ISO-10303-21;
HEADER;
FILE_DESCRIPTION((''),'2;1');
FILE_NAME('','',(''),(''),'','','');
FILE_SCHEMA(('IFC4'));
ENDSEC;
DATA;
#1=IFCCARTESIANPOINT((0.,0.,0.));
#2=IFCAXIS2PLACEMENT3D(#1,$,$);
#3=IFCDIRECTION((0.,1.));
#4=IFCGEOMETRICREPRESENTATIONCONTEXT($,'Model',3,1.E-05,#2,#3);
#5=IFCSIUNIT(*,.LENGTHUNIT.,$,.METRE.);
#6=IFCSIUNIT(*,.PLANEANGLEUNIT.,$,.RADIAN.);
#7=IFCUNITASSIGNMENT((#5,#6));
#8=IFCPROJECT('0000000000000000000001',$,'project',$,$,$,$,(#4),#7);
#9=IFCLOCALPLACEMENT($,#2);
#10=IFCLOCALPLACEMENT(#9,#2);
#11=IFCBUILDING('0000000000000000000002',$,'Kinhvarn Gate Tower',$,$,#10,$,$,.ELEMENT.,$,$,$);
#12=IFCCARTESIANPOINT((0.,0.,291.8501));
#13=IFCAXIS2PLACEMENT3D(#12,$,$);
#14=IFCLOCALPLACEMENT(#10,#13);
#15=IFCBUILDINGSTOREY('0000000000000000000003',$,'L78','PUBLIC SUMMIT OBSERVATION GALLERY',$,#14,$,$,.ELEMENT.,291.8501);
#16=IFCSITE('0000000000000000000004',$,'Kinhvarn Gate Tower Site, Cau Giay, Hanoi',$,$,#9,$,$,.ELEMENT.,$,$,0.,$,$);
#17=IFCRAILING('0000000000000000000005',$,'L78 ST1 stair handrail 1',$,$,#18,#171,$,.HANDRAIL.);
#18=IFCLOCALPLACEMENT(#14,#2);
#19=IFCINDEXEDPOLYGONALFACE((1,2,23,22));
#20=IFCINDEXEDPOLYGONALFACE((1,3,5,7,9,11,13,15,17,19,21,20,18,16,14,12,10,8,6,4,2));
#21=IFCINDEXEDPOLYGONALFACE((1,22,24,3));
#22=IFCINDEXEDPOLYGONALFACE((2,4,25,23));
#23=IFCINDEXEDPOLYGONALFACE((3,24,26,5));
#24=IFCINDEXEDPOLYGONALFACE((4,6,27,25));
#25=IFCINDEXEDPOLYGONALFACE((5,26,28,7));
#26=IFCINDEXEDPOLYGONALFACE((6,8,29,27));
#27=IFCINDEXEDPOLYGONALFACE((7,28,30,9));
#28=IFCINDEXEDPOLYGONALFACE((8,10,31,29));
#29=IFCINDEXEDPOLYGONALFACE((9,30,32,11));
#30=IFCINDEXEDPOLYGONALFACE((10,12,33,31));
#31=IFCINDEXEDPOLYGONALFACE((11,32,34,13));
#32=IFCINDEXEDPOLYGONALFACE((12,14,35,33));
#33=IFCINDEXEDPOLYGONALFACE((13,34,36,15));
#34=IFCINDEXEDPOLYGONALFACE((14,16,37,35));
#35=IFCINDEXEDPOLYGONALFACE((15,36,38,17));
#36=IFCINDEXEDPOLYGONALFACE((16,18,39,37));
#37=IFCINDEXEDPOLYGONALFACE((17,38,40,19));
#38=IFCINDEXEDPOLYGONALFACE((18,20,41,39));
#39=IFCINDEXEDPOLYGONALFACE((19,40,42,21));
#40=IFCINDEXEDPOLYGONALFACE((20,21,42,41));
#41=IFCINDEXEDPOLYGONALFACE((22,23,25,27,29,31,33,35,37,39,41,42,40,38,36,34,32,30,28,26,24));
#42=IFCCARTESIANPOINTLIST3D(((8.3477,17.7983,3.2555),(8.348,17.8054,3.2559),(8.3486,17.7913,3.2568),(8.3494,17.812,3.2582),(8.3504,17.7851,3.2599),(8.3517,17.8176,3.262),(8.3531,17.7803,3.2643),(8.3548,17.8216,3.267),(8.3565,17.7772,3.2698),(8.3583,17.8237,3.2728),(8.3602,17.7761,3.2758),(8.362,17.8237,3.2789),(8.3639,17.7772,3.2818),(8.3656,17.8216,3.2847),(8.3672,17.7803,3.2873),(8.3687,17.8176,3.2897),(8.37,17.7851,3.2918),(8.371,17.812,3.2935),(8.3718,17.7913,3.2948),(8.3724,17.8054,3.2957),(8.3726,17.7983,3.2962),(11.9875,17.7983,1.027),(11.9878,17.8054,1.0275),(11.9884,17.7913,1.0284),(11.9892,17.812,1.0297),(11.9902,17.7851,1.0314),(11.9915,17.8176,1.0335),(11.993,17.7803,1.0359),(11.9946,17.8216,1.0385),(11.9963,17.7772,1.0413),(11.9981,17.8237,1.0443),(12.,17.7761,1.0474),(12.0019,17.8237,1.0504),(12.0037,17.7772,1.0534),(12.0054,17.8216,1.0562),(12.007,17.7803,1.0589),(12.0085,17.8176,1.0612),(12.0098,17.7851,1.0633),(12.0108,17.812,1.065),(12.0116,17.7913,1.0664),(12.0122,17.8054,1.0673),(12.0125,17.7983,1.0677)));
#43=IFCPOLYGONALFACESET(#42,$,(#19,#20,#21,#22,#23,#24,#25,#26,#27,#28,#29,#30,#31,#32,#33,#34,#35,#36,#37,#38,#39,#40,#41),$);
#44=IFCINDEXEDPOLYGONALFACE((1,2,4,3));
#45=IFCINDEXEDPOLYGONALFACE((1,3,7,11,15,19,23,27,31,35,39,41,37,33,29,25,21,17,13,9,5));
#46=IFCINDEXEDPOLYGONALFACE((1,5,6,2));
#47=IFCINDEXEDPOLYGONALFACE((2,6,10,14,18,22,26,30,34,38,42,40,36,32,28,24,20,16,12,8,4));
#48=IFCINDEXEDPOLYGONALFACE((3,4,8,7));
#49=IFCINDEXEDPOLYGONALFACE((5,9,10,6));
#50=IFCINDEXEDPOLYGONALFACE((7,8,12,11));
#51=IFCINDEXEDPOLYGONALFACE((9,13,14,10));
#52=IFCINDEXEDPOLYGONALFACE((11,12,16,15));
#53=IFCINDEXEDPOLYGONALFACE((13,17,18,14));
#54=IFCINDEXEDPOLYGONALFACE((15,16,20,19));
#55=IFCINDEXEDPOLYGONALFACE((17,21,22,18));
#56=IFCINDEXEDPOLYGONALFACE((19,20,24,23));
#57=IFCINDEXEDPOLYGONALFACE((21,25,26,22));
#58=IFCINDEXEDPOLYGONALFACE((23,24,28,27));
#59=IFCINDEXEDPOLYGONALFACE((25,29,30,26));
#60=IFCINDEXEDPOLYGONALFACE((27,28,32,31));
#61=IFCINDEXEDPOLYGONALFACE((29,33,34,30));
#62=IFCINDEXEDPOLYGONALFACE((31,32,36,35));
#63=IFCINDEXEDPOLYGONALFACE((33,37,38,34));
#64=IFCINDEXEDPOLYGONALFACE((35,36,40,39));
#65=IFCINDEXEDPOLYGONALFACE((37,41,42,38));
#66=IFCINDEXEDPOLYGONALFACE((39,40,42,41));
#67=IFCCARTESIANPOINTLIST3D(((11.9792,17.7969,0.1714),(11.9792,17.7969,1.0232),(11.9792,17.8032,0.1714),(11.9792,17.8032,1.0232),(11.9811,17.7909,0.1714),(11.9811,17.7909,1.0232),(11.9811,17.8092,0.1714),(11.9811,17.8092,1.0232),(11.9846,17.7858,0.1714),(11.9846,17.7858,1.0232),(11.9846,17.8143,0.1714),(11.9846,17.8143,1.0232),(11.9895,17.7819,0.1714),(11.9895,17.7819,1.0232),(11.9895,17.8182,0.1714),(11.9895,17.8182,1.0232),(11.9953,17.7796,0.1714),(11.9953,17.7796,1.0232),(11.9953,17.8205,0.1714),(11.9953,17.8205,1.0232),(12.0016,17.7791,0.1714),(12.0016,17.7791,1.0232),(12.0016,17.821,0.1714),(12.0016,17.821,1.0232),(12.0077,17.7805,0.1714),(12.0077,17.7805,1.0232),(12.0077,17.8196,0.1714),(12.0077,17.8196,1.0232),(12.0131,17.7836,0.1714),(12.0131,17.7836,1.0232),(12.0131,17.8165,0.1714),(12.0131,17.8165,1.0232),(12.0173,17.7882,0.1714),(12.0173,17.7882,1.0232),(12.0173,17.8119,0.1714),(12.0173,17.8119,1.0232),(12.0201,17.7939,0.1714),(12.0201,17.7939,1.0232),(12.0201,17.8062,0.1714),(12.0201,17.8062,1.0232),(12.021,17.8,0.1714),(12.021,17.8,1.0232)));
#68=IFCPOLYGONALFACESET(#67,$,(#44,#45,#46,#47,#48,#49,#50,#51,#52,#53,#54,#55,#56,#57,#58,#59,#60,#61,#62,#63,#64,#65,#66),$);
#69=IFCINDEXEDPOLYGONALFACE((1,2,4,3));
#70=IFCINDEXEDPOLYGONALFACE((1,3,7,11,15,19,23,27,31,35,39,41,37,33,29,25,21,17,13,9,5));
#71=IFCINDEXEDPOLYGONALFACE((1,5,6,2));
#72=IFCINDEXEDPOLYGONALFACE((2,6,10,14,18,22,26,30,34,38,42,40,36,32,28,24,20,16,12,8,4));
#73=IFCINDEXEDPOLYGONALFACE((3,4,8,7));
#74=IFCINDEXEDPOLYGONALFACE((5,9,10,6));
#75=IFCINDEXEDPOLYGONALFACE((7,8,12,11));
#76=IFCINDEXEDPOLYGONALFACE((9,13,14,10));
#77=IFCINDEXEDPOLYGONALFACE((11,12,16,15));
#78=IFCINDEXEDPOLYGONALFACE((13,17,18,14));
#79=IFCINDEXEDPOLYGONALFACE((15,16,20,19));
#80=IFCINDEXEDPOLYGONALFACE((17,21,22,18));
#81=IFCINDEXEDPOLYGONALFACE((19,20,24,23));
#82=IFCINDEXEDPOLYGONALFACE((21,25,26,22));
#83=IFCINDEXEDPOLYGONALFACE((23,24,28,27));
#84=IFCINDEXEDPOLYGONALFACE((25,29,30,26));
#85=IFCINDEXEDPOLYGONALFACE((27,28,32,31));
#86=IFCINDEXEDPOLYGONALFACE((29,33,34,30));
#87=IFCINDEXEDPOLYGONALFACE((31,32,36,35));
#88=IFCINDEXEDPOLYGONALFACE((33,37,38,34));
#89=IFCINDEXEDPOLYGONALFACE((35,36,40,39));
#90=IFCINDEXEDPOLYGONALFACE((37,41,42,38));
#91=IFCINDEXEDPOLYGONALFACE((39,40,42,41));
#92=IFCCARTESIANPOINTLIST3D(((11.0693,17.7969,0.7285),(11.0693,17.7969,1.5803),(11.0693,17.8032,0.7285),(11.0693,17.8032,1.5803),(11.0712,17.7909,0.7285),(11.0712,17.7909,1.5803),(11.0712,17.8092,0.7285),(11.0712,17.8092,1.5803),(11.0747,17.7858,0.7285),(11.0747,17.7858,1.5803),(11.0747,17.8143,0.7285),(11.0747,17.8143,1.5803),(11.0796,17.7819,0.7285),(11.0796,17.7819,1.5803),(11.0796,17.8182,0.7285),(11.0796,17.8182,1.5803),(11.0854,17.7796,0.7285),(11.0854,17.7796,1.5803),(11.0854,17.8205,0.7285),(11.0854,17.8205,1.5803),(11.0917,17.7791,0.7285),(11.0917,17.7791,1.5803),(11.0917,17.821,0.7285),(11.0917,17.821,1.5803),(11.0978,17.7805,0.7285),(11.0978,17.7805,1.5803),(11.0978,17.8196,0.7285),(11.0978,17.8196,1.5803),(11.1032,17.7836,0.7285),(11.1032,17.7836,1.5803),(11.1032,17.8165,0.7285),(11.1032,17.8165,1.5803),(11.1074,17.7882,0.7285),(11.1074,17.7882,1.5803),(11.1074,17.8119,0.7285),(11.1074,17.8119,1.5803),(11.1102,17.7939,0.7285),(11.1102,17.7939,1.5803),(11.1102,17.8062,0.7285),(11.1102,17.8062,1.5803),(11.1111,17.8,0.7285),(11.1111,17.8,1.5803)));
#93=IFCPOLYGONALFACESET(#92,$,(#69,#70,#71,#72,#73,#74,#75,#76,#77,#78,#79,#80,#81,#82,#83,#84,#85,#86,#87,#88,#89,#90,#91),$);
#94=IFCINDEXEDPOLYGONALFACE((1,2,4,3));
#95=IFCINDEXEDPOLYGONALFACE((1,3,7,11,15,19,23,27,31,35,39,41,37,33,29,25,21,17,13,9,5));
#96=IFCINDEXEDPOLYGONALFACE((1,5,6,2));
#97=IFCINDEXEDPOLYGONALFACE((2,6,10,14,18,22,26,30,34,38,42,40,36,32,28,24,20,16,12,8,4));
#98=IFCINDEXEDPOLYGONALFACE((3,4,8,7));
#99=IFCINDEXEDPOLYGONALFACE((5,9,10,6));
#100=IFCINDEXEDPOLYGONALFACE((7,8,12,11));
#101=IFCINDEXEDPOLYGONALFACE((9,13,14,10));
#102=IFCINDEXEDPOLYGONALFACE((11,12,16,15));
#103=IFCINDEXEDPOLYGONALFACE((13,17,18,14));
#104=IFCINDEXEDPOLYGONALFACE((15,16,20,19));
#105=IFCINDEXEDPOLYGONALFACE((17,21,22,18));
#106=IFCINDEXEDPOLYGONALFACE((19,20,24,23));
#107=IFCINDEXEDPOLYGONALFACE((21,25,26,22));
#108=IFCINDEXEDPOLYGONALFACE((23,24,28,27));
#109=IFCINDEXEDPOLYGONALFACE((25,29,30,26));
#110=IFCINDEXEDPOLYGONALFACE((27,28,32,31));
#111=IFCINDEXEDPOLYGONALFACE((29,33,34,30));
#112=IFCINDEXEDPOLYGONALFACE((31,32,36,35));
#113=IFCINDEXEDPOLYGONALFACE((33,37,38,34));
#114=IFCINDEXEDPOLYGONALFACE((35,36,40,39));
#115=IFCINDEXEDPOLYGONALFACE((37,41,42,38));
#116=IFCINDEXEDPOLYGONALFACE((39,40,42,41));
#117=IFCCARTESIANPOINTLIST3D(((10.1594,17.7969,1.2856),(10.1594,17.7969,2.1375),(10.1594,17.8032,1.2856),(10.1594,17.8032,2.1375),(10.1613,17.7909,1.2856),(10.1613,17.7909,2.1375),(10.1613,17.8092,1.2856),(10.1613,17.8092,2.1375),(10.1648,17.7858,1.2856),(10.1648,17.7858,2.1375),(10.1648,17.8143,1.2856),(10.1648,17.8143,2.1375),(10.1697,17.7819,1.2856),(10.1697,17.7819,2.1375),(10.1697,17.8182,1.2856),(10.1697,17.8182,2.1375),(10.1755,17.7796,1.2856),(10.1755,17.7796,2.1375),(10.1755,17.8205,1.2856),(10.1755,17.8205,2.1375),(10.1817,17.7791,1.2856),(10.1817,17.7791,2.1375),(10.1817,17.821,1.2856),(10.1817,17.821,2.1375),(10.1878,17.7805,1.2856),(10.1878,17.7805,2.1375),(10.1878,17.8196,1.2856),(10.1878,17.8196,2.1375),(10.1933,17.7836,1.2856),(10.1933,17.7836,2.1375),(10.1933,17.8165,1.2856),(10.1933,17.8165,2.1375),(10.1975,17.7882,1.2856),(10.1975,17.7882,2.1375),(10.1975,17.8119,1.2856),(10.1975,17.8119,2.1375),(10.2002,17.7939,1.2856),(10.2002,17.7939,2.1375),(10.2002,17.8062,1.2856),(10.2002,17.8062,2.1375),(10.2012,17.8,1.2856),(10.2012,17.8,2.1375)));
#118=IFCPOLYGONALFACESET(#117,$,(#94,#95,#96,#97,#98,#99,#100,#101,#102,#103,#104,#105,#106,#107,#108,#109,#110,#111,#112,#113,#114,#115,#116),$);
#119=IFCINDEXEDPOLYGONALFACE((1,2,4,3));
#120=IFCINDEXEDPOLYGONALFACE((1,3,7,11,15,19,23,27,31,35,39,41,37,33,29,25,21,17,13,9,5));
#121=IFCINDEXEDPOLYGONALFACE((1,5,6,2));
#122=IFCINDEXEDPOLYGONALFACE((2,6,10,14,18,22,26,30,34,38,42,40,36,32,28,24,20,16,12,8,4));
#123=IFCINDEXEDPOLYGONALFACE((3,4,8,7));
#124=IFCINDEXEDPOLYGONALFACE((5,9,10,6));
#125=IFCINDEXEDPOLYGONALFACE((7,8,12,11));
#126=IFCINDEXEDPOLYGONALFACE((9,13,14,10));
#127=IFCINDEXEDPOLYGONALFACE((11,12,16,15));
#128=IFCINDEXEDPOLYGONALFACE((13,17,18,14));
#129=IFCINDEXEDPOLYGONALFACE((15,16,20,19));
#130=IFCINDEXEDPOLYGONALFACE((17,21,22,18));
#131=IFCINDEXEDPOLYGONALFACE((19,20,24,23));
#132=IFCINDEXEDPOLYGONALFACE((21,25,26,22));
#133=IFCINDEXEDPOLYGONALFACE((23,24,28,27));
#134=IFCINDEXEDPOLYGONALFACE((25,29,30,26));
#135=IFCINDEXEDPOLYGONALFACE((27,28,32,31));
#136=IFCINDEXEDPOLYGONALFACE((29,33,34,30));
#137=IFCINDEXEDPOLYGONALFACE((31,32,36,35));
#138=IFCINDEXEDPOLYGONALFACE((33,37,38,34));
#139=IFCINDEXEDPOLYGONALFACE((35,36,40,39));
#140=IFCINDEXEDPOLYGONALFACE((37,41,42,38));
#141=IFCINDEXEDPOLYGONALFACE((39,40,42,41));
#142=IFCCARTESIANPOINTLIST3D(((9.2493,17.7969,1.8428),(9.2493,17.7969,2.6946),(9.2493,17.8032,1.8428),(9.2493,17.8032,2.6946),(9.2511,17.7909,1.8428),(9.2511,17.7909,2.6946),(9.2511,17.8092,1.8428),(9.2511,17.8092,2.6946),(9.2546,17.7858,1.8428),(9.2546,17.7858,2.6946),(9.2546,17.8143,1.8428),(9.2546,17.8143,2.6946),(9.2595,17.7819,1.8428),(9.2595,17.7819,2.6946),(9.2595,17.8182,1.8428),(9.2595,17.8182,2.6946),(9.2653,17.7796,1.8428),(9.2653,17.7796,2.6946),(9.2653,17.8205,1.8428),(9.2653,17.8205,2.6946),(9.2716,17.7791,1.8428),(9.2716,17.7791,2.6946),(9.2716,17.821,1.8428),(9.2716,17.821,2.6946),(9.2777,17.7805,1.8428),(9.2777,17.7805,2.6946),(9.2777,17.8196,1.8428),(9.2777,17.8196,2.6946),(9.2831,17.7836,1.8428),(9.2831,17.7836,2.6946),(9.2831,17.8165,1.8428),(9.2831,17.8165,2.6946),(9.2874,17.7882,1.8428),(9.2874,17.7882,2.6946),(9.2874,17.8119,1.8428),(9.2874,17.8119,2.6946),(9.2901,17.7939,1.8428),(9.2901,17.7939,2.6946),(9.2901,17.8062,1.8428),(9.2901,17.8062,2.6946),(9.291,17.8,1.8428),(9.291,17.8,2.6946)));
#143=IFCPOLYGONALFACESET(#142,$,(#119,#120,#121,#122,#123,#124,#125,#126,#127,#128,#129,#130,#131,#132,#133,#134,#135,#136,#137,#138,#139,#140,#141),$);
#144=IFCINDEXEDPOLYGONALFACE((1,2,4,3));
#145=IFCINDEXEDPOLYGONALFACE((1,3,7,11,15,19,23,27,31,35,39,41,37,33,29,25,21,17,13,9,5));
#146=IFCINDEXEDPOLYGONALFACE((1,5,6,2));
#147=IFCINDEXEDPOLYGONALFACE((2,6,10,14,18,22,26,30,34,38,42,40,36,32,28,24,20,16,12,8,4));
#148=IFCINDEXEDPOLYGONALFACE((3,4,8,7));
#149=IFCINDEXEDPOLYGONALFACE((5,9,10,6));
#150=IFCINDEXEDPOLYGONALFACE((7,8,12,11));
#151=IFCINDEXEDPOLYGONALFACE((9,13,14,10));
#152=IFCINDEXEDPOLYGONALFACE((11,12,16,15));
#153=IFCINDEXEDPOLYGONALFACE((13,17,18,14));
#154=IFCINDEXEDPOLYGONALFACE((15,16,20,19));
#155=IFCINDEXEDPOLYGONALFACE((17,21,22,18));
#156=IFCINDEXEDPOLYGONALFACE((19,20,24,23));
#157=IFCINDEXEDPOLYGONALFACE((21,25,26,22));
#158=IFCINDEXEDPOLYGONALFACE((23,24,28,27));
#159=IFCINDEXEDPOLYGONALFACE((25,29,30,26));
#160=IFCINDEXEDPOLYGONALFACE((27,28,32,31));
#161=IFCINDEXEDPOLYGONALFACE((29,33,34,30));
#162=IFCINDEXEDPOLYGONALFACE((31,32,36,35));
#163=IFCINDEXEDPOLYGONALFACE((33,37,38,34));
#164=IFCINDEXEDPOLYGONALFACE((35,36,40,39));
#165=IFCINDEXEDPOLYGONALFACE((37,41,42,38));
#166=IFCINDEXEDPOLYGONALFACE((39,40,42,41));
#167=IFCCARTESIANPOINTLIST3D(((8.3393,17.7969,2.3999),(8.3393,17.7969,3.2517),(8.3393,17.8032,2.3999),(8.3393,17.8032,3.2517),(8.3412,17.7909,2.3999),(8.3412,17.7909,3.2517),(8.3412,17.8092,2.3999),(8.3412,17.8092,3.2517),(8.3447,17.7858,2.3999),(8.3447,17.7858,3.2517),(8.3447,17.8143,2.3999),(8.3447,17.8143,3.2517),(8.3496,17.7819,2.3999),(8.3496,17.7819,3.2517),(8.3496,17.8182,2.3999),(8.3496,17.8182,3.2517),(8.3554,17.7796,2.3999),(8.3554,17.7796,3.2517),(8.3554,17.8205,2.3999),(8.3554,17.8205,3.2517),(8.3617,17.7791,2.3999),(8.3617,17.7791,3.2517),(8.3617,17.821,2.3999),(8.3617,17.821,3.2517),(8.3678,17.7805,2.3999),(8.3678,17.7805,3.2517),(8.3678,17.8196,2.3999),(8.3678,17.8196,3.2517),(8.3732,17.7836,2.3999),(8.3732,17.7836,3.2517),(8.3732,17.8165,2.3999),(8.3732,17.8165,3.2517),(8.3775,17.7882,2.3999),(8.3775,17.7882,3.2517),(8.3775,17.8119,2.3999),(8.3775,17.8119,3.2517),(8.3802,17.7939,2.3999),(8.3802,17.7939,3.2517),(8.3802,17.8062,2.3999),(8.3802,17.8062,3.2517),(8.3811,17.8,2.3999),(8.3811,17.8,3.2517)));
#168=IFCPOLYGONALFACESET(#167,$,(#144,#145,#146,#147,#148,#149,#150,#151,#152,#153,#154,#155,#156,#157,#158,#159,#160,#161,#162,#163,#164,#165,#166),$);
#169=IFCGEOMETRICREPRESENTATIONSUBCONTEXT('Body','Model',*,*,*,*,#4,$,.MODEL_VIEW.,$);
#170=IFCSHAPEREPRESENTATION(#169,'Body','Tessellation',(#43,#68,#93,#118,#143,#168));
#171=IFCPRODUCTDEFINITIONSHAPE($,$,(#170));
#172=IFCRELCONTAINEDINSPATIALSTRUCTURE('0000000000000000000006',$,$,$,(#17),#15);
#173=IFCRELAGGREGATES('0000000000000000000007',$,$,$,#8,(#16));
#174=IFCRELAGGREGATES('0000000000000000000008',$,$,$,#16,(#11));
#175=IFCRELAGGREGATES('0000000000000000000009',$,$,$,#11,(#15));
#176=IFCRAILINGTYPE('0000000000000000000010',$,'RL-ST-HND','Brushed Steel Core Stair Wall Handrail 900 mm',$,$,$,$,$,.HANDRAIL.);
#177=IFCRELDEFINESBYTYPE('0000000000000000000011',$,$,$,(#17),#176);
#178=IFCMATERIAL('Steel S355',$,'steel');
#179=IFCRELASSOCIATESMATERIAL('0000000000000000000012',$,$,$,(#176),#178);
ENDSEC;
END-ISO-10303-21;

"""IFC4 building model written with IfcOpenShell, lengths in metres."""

from ifc_helpers import new_model, si_unit, direction, frame, origin, origin_2d, place, context, subcontext, project, spatial, circle, extrude, material, type_object, element, save


model = new_model("IFC4")

# Units and contexts
model_context = context("Model", 3, precision=1e-05, world=origin(), true_north=direction((0.0, 1.0)))
body_context = subcontext(model_context, "Body", "Model", "MODEL_VIEW")
ifc_project = project(units=[si_unit("LENGTHUNIT", "METRE"), si_unit("PLANEANGLEUNIT", "RADIAN")], contexts=[model_context])

# Site, building, storey
site_placement = place(None, origin())
site = spatial("IfcSite", under=ifc_project, at=site_placement, Name="Kinhvarn Gate Tower Site, Cau Giay, Hanoi", CompositionType="ELEMENT", RefElevation=0.0)
building_placement = place(site_placement, origin())
building = spatial("IfcBuilding", under=site, at=building_placement, Name="Kinhvarn Gate Tower", CompositionType="ELEMENT")
storey_placement = place(building_placement, frame((0.0, 0.0, 291.8501)))
storey = spatial("IfcBuildingStorey", under=building, at=storey_placement, Name="L78", Description="PUBLIC SUMMIT OBSERVATION GALLERY", CompositionType="ELEMENT", Elevation=291.8501)

# Shared definitions
ifc_material_1 = material(Name="Steel S355", Category="steel")

# Railing
railing_type_1 = type_object("IfcRailingType", Name="RL-ST-HND", Description="Brushed Steel Core Stair Wall Handrail 900 mm", PredefinedType="HANDRAIL", material=ifc_material_1)
railing_1_placement = place(storey_placement, frame((12.0, 17.8, 0.1714)))
element("IfcRailing", 1, at=railing_1_placement, inside=storey, type_object=railing_type_1, Name="L78 ST1 stair handrail 1", PredefinedType="HANDRAIL", context=body_context, shape_type="SweptSolid", body=[
    extrude(circle(Radius=0.0239, at=origin_2d()), frame((0.0, 0.0, 0.876), z_axis=(-0.85285, 0.0, 0.522156), x_axis=(0.0, -1.0, 0.0)), (0.0, 0.0, 1.0), 4.2678),
    extrude(circle(Radius=0.021, at=origin_2d()), origin(), (0.0, 0.0, 1.0), 0.8518),
    extrude(circle(Radius=0.021, at=origin_2d()), frame((-0.9099, 0.0, 0.5571)), (0.0, 0.0, 1.0), 0.8518),
    extrude(circle(Radius=0.021, at=origin_2d()), frame((-1.8198, 0.0, 1.1143)), (0.0, 0.0, 1.0), 0.8518),
    extrude(circle(Radius=0.021, at=origin_2d()), frame((-2.73, 0.0, 1.6714)), (0.0, 0.0, 1.0), 0.8518),
    extrude(circle(Radius=0.021, at=origin_2d()), frame((-3.6399, 0.0, 2.2285)), (0.0, 0.0, 1.0), 0.8518),
])

save(model, "model.ifc")
